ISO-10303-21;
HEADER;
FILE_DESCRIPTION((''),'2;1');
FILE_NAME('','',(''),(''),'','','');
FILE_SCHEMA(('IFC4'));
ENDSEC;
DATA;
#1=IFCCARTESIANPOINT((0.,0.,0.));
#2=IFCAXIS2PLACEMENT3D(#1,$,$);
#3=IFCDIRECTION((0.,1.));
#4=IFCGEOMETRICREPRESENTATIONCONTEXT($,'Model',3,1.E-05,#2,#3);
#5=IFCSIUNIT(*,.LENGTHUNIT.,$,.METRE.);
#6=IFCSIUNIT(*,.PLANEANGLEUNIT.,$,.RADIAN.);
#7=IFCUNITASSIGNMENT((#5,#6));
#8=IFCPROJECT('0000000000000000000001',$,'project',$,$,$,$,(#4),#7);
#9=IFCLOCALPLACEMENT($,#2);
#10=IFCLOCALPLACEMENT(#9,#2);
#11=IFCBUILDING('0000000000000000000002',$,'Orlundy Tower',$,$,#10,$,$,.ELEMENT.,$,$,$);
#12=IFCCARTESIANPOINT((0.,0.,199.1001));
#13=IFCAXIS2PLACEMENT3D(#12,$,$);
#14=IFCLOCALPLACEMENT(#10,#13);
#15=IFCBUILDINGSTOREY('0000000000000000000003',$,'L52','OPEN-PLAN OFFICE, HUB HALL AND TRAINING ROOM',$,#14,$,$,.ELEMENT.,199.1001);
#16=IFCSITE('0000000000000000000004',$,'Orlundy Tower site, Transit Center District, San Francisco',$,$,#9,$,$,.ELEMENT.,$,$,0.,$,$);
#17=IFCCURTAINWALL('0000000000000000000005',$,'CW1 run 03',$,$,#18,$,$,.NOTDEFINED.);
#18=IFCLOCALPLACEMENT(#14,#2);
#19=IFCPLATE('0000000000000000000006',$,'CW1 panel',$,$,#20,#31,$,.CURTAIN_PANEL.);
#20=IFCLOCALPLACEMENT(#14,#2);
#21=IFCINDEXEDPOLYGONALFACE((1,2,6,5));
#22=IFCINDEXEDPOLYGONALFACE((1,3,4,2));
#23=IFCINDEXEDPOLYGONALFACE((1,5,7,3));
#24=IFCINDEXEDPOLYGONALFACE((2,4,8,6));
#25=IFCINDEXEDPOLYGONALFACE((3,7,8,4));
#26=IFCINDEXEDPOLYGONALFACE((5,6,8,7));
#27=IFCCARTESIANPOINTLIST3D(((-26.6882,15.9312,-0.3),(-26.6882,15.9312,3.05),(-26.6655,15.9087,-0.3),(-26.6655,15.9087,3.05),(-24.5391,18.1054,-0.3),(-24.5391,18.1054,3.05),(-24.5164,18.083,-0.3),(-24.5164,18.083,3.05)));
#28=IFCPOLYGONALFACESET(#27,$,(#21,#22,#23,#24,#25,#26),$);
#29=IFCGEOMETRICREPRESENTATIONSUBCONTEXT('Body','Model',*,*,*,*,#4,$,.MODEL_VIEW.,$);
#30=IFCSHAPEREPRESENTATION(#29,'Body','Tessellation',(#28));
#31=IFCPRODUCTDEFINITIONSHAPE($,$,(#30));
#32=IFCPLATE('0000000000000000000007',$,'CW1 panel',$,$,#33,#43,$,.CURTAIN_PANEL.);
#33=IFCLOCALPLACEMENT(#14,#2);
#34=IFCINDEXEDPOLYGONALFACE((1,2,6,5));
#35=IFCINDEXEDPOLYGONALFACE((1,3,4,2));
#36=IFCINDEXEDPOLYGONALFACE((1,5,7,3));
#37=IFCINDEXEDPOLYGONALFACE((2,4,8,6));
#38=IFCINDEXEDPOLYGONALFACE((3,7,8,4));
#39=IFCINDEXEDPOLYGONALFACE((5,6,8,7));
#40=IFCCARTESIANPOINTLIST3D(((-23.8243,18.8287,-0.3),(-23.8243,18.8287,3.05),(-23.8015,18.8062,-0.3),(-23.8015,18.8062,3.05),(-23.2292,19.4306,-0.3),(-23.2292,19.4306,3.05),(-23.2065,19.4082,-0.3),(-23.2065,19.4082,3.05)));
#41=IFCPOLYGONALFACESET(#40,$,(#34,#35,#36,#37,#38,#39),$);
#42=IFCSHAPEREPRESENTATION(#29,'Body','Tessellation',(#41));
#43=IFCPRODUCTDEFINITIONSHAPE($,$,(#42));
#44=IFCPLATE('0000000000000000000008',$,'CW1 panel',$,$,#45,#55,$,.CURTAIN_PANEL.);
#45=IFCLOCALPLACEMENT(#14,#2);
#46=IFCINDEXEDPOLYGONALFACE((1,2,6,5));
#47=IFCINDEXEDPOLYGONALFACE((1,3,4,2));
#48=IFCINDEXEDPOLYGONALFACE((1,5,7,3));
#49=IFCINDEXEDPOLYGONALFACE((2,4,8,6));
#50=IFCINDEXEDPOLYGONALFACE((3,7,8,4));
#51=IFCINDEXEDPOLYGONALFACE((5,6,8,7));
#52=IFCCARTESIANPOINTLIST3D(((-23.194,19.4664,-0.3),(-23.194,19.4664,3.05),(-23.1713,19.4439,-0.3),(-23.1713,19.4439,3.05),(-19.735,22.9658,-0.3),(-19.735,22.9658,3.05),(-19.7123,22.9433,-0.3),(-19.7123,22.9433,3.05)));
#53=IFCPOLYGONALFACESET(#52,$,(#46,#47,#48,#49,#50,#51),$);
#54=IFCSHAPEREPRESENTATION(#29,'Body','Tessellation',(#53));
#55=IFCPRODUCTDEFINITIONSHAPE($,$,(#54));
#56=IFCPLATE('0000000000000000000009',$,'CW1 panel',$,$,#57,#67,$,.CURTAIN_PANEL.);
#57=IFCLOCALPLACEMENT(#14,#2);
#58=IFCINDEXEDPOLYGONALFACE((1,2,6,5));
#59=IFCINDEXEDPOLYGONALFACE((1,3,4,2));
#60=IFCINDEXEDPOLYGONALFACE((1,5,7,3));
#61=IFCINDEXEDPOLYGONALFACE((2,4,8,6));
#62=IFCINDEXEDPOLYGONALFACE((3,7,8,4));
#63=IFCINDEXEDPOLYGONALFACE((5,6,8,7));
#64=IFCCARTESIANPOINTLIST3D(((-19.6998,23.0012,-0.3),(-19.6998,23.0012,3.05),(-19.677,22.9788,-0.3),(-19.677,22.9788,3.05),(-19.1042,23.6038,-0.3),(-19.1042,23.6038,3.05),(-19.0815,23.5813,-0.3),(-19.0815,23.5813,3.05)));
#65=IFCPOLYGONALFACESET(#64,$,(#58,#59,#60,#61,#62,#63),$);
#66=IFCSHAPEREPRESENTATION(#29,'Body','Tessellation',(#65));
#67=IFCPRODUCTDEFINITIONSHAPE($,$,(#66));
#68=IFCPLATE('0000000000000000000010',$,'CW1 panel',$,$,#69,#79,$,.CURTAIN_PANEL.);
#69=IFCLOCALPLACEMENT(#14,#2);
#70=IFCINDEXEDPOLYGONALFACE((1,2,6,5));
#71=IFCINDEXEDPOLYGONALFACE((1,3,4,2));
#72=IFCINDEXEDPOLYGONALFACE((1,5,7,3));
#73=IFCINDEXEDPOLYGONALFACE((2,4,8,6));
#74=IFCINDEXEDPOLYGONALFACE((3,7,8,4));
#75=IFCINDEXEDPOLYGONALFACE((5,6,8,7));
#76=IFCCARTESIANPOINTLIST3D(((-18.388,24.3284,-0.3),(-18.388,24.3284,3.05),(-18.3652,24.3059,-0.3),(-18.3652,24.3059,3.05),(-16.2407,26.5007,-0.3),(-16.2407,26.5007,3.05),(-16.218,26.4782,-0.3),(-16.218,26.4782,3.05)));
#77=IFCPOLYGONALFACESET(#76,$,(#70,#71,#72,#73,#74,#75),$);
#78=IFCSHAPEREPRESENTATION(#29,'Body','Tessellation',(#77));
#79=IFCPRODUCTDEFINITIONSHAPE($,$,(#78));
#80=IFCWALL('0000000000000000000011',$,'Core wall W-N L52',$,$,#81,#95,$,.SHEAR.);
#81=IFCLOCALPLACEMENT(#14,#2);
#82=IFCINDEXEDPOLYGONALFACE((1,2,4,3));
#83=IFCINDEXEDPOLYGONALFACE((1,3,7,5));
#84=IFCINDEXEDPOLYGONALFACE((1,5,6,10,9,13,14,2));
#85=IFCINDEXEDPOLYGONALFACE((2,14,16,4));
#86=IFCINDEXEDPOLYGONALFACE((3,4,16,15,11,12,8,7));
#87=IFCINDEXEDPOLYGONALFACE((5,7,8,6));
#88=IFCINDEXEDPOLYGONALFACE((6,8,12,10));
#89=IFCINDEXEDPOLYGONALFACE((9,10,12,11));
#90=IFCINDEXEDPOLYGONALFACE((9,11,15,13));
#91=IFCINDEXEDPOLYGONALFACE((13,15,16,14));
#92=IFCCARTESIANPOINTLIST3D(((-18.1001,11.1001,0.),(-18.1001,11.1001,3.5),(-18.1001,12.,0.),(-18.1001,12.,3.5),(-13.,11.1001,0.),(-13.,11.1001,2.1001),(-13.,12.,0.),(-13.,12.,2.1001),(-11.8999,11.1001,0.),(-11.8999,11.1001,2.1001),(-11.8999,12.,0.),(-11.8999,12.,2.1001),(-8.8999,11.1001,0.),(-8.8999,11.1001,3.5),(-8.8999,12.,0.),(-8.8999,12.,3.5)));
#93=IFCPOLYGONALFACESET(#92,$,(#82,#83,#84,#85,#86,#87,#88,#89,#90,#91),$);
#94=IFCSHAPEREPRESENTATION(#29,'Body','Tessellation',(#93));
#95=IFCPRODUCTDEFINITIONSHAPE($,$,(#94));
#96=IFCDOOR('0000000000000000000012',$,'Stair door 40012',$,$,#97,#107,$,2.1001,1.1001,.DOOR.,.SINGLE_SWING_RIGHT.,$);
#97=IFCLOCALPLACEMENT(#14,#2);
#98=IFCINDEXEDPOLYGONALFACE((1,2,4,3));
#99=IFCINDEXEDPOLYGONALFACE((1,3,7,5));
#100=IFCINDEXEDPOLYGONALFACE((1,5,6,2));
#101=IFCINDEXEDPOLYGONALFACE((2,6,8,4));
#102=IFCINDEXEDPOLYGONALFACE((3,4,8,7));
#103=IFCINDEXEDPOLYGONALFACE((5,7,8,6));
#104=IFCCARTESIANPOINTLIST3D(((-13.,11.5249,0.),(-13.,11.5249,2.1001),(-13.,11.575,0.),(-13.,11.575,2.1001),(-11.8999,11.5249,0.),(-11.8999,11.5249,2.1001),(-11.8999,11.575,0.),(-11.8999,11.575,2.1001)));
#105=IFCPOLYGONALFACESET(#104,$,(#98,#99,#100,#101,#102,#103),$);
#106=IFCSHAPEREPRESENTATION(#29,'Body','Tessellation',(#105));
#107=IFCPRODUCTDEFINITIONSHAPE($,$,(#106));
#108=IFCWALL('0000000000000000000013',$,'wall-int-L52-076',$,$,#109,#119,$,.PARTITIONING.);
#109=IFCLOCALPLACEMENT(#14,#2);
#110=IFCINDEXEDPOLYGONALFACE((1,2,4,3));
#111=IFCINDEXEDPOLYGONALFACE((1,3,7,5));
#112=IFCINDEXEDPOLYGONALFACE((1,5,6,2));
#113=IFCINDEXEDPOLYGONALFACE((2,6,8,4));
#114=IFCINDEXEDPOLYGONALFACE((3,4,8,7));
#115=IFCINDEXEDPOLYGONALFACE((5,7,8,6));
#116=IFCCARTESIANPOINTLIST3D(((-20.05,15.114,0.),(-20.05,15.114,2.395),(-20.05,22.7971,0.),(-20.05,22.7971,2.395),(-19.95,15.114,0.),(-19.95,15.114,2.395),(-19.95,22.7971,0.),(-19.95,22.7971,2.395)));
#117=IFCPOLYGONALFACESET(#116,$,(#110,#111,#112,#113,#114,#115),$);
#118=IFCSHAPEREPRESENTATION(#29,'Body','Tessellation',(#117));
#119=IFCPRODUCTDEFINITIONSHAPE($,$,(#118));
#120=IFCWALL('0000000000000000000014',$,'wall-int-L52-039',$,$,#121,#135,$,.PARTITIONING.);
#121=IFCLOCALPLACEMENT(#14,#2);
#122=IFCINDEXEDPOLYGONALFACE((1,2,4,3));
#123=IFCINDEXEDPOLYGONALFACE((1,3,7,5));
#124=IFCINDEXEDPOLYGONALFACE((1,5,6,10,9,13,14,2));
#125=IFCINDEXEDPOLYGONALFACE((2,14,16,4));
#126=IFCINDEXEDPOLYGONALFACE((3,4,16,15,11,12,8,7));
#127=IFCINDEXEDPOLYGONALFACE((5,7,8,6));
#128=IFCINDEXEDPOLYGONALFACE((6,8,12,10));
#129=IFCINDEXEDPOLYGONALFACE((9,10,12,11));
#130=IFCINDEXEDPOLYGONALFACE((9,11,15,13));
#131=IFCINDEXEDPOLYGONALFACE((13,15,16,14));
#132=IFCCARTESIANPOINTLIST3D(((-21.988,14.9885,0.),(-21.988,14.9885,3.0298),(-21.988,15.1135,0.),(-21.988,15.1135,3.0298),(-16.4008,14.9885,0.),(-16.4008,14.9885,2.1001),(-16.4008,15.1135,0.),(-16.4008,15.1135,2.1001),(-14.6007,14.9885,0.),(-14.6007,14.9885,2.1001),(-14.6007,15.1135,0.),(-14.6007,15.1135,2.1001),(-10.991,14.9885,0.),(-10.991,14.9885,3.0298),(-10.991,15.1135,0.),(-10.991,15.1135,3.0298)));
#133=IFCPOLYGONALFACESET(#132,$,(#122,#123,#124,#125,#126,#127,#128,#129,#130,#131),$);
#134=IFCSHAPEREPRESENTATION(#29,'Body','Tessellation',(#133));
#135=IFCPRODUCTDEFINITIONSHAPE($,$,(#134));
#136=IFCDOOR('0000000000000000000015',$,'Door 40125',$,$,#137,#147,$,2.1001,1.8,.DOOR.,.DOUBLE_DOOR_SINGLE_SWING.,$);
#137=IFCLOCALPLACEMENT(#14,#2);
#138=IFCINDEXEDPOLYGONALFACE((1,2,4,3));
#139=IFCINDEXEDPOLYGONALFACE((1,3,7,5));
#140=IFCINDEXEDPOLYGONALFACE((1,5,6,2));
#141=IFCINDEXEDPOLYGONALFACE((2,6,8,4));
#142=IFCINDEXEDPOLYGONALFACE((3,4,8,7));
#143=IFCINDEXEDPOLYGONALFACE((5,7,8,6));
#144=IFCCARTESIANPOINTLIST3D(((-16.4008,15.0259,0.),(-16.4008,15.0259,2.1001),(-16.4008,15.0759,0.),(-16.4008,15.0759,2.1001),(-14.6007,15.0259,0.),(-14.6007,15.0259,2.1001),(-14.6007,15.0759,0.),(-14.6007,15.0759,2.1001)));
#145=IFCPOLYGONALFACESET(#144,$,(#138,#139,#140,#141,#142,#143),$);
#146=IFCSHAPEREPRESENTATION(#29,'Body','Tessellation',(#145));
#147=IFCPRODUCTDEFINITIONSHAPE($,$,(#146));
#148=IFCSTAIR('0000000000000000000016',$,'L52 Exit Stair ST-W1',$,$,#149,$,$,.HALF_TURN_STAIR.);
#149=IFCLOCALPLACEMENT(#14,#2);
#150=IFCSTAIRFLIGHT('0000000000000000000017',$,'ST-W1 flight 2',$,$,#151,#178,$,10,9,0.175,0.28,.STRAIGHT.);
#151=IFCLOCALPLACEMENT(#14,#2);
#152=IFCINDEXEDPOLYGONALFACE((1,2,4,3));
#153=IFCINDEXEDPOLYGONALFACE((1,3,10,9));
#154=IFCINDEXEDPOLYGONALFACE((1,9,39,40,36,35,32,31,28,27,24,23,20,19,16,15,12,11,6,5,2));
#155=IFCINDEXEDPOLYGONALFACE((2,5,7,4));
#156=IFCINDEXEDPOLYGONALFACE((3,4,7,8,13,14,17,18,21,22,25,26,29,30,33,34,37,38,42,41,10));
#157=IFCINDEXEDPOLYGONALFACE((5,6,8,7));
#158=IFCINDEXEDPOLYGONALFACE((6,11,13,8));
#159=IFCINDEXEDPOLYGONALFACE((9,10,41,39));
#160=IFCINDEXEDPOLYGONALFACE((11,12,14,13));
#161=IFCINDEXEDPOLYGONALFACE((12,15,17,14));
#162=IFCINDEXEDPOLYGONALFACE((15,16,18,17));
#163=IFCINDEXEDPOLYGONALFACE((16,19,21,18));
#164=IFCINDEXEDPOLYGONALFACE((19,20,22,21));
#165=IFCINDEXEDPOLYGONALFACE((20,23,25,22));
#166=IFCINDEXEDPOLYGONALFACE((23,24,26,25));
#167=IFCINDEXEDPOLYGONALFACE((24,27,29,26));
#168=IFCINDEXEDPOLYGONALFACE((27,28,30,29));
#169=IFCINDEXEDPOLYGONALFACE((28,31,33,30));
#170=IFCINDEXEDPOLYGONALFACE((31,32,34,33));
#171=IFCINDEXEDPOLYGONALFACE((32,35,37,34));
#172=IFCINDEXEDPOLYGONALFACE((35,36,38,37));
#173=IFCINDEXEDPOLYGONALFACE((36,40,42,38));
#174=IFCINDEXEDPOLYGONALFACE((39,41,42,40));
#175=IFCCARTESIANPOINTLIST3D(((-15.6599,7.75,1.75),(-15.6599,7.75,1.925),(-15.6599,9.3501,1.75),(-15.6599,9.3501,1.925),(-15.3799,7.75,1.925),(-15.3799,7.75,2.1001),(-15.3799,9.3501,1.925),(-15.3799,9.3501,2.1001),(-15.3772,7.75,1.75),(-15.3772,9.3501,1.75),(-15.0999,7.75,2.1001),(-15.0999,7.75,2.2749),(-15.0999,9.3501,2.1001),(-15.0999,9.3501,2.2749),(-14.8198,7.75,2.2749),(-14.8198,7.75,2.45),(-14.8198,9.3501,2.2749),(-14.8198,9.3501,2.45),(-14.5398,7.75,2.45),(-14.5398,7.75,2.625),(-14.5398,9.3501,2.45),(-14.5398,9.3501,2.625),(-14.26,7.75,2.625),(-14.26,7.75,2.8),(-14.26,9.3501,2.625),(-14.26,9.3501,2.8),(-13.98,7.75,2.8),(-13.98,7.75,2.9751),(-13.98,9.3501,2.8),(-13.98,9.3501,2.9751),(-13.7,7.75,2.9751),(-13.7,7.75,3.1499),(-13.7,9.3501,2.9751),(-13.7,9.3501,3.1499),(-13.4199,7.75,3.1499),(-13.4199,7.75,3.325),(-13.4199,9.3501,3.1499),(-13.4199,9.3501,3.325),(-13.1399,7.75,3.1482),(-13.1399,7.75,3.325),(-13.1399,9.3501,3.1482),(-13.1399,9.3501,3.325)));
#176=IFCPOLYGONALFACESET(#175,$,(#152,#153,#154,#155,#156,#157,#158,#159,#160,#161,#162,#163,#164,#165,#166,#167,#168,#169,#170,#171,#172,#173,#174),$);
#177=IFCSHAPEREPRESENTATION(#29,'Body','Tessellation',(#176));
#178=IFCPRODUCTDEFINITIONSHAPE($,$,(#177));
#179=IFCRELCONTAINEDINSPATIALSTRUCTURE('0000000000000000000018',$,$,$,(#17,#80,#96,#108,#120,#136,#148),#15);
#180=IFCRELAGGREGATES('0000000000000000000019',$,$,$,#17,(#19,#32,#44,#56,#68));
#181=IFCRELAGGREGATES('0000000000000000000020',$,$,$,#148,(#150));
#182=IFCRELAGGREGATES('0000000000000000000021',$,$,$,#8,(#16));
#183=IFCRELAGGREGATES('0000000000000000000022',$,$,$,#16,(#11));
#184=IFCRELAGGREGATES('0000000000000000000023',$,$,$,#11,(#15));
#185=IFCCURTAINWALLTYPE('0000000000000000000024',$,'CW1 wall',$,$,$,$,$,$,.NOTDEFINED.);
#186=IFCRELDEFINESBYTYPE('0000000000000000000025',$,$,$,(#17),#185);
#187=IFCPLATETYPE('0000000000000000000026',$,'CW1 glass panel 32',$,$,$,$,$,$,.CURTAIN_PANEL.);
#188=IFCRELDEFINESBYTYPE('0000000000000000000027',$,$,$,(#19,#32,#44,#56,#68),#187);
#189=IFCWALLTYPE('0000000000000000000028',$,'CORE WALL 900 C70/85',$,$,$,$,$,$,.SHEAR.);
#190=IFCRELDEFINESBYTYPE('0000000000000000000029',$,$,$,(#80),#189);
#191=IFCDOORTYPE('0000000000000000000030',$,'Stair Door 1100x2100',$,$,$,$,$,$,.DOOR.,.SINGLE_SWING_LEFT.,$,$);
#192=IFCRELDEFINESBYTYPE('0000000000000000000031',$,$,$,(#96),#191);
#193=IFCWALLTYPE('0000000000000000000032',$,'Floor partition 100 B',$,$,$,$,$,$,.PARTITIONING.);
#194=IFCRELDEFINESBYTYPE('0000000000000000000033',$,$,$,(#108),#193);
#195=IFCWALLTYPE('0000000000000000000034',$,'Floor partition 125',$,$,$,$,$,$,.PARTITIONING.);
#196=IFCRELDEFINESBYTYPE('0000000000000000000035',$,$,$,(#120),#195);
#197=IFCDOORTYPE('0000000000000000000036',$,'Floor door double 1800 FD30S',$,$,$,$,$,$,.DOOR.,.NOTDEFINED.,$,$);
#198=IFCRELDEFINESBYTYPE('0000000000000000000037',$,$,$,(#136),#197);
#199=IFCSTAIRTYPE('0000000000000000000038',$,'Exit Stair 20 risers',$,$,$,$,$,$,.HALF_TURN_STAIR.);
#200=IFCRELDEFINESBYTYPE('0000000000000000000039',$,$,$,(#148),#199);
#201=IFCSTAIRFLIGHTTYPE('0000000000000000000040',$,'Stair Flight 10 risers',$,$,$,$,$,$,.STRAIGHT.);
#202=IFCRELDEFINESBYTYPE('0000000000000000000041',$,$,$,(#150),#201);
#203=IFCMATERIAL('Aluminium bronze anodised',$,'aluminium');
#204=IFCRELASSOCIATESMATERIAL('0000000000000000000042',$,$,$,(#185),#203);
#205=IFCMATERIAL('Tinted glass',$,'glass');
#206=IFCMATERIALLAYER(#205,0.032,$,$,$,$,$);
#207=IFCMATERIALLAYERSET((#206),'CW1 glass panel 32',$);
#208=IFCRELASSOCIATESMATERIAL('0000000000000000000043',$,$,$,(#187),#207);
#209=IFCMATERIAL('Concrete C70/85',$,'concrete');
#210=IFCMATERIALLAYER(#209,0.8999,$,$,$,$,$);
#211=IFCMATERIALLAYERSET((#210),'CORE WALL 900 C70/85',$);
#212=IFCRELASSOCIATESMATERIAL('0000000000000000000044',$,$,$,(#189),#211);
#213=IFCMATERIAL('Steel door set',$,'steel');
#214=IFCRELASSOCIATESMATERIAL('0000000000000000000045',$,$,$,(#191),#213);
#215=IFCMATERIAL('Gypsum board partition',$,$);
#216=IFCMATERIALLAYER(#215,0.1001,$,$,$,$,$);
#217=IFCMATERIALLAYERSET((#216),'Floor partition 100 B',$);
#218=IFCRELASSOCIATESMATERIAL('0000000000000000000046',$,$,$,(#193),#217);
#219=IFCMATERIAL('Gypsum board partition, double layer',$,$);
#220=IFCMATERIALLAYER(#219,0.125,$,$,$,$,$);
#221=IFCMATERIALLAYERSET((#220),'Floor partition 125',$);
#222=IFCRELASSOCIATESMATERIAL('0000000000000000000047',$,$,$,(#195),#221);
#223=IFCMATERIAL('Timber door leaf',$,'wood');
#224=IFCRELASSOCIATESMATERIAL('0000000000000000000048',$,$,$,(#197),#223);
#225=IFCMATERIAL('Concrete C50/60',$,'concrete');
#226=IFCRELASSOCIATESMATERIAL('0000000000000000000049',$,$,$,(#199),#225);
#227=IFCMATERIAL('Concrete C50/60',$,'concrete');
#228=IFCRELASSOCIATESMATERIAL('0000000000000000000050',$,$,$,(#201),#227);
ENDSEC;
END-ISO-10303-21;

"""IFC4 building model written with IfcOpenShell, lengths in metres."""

from ifc_helpers import new_model, si_unit, direction, frame, frame_2d, origin, origin_2d, place, context, subcontext, project, spatial, polyline, rectangle, outline, extrude, material, layer, layer_set, type_object, element, fill, aggregate, save


model = new_model("IFC4")

# Units and contexts
model_context = context("Model", 3, precision=1e-05, world=origin(), true_north=direction((0.0, 1.0)))
body_context = subcontext(model_context, "Body", "Model", "MODEL_VIEW")
ifc_project = project(units=[si_unit("LENGTHUNIT", "METRE"), si_unit("PLANEANGLEUNIT", "RADIAN")], contexts=[model_context])

# Site, building, storey
site_placement = place(None, origin())
site = spatial("IfcSite", under=ifc_project, at=site_placement, Name="Orlundy Tower site, Transit Center District, San Francisco", CompositionType="ELEMENT", RefElevation=0.0)
building_placement = place(site_placement, origin())
building = spatial("IfcBuilding", under=site, at=building_placement, Name="Orlundy Tower", CompositionType="ELEMENT")
storey_placement = place(building_placement, frame((0.0, 0.0, 199.1001)))
storey = spatial("IfcBuildingStorey", under=building, at=storey_placement, Name="L52", Description="OPEN-PLAN OFFICE, HUB HALL AND TRAINING ROOM", CompositionType="ELEMENT", Elevation=199.1001)

# Curtain wall
ifc_material_1 = material(Name="Aluminium bronze anodised", Category="aluminium")
curtain_wall_type = type_object("IfcCurtainWallType", Name="CW1 wall", PredefinedType="NOTDEFINED", material=ifc_material_1)
curtain_wall_1_placement = place(storey_placement, origin())
curtain_wall_1 = element("IfcCurtainWall", 1, at=curtain_wall_1_placement, inside=storey, type_object=curtain_wall_type, Name="CW1 run 03", PredefinedType="NOTDEFINED")

# Plates
ifc_material_2 = material(Name="Tinted glass", Category="glass")
ifc_layer_1 = layer(ifc_material_2, 0.032)
ifc_layer_set_1 = layer_set([ifc_layer_1], Name="CW1 glass panel 32")
plate_type = type_object("IfcPlateType", Name="CW1 glass panel 32", PredefinedType="CURTAIN_PANEL", material=ifc_layer_set_1)
plate_1_placement = place(storey_placement, frame((-25.6023, 17.0071, -0.3), z_axis=(0.0, 0.0, 1.0), x_axis=(0.702991, 0.711199, 0.0)))
plate_1 = element("IfcPlate", 2, at=plate_1_placement, type_object=plate_type, Name="CW1 panel", PredefinedType="CURTAIN_PANEL", context=body_context, shape_type="SweptSolid", body=[
    extrude(rectangle(XDim=3.0571, YDim=0.032, at=origin_2d()), origin(), (0.0, 0.0, 1.0), 3.3501),
])
plate_2_placement = place(storey_placement, frame((-23.5154, 19.1184, -0.3), z_axis=(0.0, 0.0, 1.0), x_axis=(0.702991, 0.711199, 0.0)))
plate_2 = element("IfcPlate", 3, at=plate_2_placement, type_object=plate_type, Name="CW1 panel", PredefinedType="CURTAIN_PANEL", context=body_context, shape_type="SweptSolid", body=[
    extrude(rectangle(XDim=0.8464, YDim=0.032, at=origin_2d()), origin(), (0.0, 0.0, 1.0), 3.3501),
])
plate_3_placement = place(storey_placement, frame((-21.4531, 21.2048, -0.3), z_axis=(0.0, 0.0, 1.0), x_axis=(0.702991, 0.711199, 0.0)))
plate_3 = element("IfcPlate", 4, at=plate_3_placement, type_object=plate_type, Name="CW1 panel", PredefinedType="CURTAIN_PANEL", context=body_context, shape_type="SweptSolid", body=[
    extrude(rectangle(XDim=4.9204, YDim=0.032, at=origin_2d()), origin(), (0.0, 0.0, 1.0), 3.3501),
])
plate_4_placement = place(storey_placement, frame((-19.3906, 23.2913, -0.3), z_axis=(0.0, 0.0, 1.0), x_axis=(0.702991, 0.711199, 0.0)))
plate_4 = element("IfcPlate", 5, at=plate_4_placement, type_object=plate_type, Name="CW1 panel", PredefinedType="CURTAIN_PANEL", context=body_context, shape_type="SweptSolid", body=[
    extrude(rectangle(XDim=0.8472, YDim=0.032, at=origin_2d()), origin(), (0.0, 0.0, 1.0), 3.3501),
])
plate_5_placement = place(storey_placement, frame((-17.303, 25.4033, -0.3), z_axis=(0.0, 0.0, 1.0), x_axis=(0.702991, 0.711199, 0.0)))
plate_5 = element("IfcPlate", 6, at=plate_5_placement, type_object=plate_type, Name="CW1 panel", PredefinedType="CURTAIN_PANEL", context=body_context, shape_type="SweptSolid", body=[
    extrude(rectangle(XDim=3.0544, YDim=0.032, at=origin_2d()), origin(), (0.0, 0.0, 1.0), 3.3501),
])
aggregate(curtain_wall_1, [plate_1, plate_2, plate_3, plate_4, plate_5])

# Wall, opening, door
ifc_material_3 = material(Name="Concrete C70/85", Category="concrete")
ifc_layer_2 = layer(ifc_material_3, 0.8999)
ifc_layer_set_2 = layer_set([ifc_layer_2], Name="CORE WALL 900 C70/85")
wall_type_1 = type_object("IfcWallType", Name="CORE WALL 900 C70/85", PredefinedType="SHEAR", material=ifc_layer_set_2)
wall_1_placement = place(storey_placement, frame((-18.1001, 11.55, 0.0), z_axis=(0.0, 0.0, 1.0), x_axis=(1.0, 0.0, 0.0)))
wall_1 = element("IfcWall", 7, at=wall_1_placement, inside=storey, type_object=wall_type_1, Name="Core wall W-N L52", PredefinedType="SHEAR", context=body_context, shape_type="SweptSolid", body=[
    extrude(rectangle(XDim=9.2002, YDim=0.8999, at=frame_2d((4.6001, 0.0))), origin(), (0.0, 0.0, 1.0), 3.5),
])
opening_1_placement = place(wall_1_placement, frame((5.1001, 0.0, 0.0)))
opening_1 = element("IfcOpeningElement", 8, at=opening_1_placement, cuts=wall_1, PredefinedType="OPENING", context=body_context, shape_type="SweptSolid", body=[
    extrude(rectangle(XDim=1.1001, YDim=2.1001, at=frame_2d((0.55, 1.05))), frame((0.0, 0.46, 0.0), z_axis=(0.0, -1.0, 0.0), x_axis=(1.0, 0.0, 0.0)), (0.0, 0.0, 1.0), 0.9199),
])
ifc_material_4 = material(Name="Steel door set", Category="steel")
door_type_1 = type_object("IfcDoorType", Name="Stair Door 1100x2100", OperationType="SINGLE_SWING_LEFT", PredefinedType="DOOR", material=ifc_material_4)
door_1_placement = place(opening_1_placement, origin())
door_1 = element("IfcDoor", 9, at=door_1_placement, inside=storey, type_object=door_type_1, Name="Stair door 40012", OperationType="SINGLE_SWING_RIGHT", OverallHeight=2.1001, OverallWidth=1.1001, PredefinedType="DOOR", context=body_context, shape_type="SweptSolid", body=[
    extrude(rectangle(XDim=1.1001, YDim=2.1001, at=frame_2d((0.55, 1.05))), frame((0.0, 0.0249, 0.0), z_axis=(0.0, -1.0, 0.0), x_axis=(1.0, 0.0, 0.0)), (0.0, 0.0, 1.0), 0.05),
])
fill(opening_1, door_1)

# Wall
ifc_material_5 = material(Name="Gypsum board partition")
ifc_layer_3 = layer(ifc_material_5, 0.1001)
ifc_layer_set_3 = layer_set([ifc_layer_3], Name="Floor partition 100 B")
wall_type_2 = type_object("IfcWallType", Name="Floor partition 100 B", PredefinedType="PARTITIONING", material=ifc_layer_set_3)
wall_2_placement = place(storey_placement, frame((-20.0, 15.114, 0.0), z_axis=(0.0, 0.0, 1.0), x_axis=(0.0, 1.0, 0.0)))
element("IfcWall", 10, at=wall_2_placement, inside=storey, type_object=wall_type_2, Name="wall-int-L52-076", PredefinedType="PARTITIONING", context=body_context, shape_type="SweptSolid", body=[
    extrude(rectangle(XDim=7.6831, YDim=0.1001, at=frame_2d((3.8416, 0.0))), origin(), (0.0, 0.0, 1.0), 2.395),
])

# Wall, opening, door
ifc_material_6 = material(Name="Gypsum board partition, double layer")
ifc_layer_4 = layer(ifc_material_6, 0.125)
ifc_layer_set_4 = layer_set([ifc_layer_4], Name="Floor partition 125")
wall_type_3 = type_object("IfcWallType", Name="Floor partition 125", PredefinedType="PARTITIONING", material=ifc_layer_set_4)
wall_3_placement = place(storey_placement, frame((-21.988, 15.051, 0.0), z_axis=(0.0, 0.0, 1.0), x_axis=(1.0, 0.0, 0.0)))
wall_3 = element("IfcWall", 11, at=wall_3_placement, inside=storey, type_object=wall_type_3, Name="wall-int-L52-039", PredefinedType="PARTITIONING", context=body_context, shape_type="SweptSolid", body=[
    extrude(rectangle(XDim=10.9971, YDim=0.125, at=frame_2d((5.4985, 0.0))), origin(), (0.0, 0.0, 1.0), 3.0298),
])
opening_2_placement = place(wall_3_placement, frame((5.5874, 0.0, 0.0)))
opening_2 = element("IfcOpeningElement", 12, at=opening_2_placement, cuts=wall_3, PredefinedType="OPENING", context=body_context, shape_type="SweptSolid", body=[
    extrude(rectangle(XDim=1.8, YDim=2.1001, at=frame_2d((0.8999, 1.05))), frame((0.0, 0.0725, 0.0), z_axis=(0.0, -1.0, 0.0), x_axis=(1.0, 0.0, 0.0)), (0.0, 0.0, 1.0), 0.145),
])
ifc_material_7 = material(Name="Timber door leaf", Category="wood")
door_type_2 = type_object("IfcDoorType", Name="Floor door double 1800 FD30S", OperationType="NOTDEFINED", PredefinedType="DOOR", material=ifc_material_7)
door_2_placement = place(opening_2_placement, origin())
door_2 = element("IfcDoor", 13, at=door_2_placement, inside=storey, type_object=door_type_2, Name="Door 40125", OperationType="DOUBLE_DOOR_SINGLE_SWING", OverallHeight=2.1001, OverallWidth=1.8, PredefinedType="DOOR", context=body_context, shape_type="SweptSolid", body=[
    extrude(rectangle(XDim=1.8, YDim=2.1001, at=frame_2d((0.8999, 1.05))), frame((0.0, 0.0249, 0.0), z_axis=(0.0, -1.0, 0.0), x_axis=(1.0, 0.0, 0.0)), (0.0, 0.0, 1.0), 0.05),
])
fill(opening_2, door_2)

# Stair, stair flight
ifc_material_8 = material(Name="Concrete C50/60", Category="concrete")
stair_type = type_object("IfcStairType", Name="Exit Stair 20 risers", PredefinedType="HALF_TURN_STAIR", material=ifc_material_8)
stair_placement = place(storey_placement, origin())
stair = element("IfcStair", 14, at=stair_placement, inside=storey, type_object=stair_type, Name="L52 Exit Stair ST-W1", PredefinedType="HALF_TURN_STAIR")
ifc_material_9 = material(Name="Concrete C50/60", Category="concrete")
stair_flight_type = type_object("IfcStairFlightType", Name="Stair Flight 10 risers", PredefinedType="STRAIGHT", material=ifc_material_9)
stair_flight_placement = place(storey_placement, frame((-15.6599, 8.55, 1.75), z_axis=(0.0, 0.0, 1.0), x_axis=(1.0, 0.0, 0.0)))
stair_flight = element("IfcStairFlight", 15, at=stair_flight_placement, type_object=stair_flight_type, Name="ST-W1 flight 2", NumberOfRisers=10, NumberOfTreads=9, PredefinedType="STRAIGHT", RiserHeight=0.175, TreadLength=0.28, context=body_context, shape_type="SweptSolid", body=[
    extrude(outline(polyline([(0.0, 0.0), (0.0, 0.175), (0.28, 0.175), (0.28, 0.3501), (0.5601, 0.3501), (0.5601, 0.5249), (0.8401, 0.5249), (0.8401, 0.7), (1.1201, 0.7), (1.1201, 0.875), (1.3999, 0.875), (1.3999, 1.05), (1.6799, 1.05), (1.6799, 1.2251), (1.96, 1.2251), (1.96, 1.3999), (2.24, 1.3999), (2.24, 1.575), (2.52, 1.575), (2.52, 1.75), (2.52, 1.3982), (0.2827, 0.0), (0.0, 0.0)])), frame((0.0, 0.8, 0.0), z_axis=(0.0, -1.0, 0.0), x_axis=(1.0, 0.0, 0.0)), (0.0, 0.0, 1.0), 1.6001),
])
aggregate(stair, [stair_flight])

save(model, "model.ifc")
